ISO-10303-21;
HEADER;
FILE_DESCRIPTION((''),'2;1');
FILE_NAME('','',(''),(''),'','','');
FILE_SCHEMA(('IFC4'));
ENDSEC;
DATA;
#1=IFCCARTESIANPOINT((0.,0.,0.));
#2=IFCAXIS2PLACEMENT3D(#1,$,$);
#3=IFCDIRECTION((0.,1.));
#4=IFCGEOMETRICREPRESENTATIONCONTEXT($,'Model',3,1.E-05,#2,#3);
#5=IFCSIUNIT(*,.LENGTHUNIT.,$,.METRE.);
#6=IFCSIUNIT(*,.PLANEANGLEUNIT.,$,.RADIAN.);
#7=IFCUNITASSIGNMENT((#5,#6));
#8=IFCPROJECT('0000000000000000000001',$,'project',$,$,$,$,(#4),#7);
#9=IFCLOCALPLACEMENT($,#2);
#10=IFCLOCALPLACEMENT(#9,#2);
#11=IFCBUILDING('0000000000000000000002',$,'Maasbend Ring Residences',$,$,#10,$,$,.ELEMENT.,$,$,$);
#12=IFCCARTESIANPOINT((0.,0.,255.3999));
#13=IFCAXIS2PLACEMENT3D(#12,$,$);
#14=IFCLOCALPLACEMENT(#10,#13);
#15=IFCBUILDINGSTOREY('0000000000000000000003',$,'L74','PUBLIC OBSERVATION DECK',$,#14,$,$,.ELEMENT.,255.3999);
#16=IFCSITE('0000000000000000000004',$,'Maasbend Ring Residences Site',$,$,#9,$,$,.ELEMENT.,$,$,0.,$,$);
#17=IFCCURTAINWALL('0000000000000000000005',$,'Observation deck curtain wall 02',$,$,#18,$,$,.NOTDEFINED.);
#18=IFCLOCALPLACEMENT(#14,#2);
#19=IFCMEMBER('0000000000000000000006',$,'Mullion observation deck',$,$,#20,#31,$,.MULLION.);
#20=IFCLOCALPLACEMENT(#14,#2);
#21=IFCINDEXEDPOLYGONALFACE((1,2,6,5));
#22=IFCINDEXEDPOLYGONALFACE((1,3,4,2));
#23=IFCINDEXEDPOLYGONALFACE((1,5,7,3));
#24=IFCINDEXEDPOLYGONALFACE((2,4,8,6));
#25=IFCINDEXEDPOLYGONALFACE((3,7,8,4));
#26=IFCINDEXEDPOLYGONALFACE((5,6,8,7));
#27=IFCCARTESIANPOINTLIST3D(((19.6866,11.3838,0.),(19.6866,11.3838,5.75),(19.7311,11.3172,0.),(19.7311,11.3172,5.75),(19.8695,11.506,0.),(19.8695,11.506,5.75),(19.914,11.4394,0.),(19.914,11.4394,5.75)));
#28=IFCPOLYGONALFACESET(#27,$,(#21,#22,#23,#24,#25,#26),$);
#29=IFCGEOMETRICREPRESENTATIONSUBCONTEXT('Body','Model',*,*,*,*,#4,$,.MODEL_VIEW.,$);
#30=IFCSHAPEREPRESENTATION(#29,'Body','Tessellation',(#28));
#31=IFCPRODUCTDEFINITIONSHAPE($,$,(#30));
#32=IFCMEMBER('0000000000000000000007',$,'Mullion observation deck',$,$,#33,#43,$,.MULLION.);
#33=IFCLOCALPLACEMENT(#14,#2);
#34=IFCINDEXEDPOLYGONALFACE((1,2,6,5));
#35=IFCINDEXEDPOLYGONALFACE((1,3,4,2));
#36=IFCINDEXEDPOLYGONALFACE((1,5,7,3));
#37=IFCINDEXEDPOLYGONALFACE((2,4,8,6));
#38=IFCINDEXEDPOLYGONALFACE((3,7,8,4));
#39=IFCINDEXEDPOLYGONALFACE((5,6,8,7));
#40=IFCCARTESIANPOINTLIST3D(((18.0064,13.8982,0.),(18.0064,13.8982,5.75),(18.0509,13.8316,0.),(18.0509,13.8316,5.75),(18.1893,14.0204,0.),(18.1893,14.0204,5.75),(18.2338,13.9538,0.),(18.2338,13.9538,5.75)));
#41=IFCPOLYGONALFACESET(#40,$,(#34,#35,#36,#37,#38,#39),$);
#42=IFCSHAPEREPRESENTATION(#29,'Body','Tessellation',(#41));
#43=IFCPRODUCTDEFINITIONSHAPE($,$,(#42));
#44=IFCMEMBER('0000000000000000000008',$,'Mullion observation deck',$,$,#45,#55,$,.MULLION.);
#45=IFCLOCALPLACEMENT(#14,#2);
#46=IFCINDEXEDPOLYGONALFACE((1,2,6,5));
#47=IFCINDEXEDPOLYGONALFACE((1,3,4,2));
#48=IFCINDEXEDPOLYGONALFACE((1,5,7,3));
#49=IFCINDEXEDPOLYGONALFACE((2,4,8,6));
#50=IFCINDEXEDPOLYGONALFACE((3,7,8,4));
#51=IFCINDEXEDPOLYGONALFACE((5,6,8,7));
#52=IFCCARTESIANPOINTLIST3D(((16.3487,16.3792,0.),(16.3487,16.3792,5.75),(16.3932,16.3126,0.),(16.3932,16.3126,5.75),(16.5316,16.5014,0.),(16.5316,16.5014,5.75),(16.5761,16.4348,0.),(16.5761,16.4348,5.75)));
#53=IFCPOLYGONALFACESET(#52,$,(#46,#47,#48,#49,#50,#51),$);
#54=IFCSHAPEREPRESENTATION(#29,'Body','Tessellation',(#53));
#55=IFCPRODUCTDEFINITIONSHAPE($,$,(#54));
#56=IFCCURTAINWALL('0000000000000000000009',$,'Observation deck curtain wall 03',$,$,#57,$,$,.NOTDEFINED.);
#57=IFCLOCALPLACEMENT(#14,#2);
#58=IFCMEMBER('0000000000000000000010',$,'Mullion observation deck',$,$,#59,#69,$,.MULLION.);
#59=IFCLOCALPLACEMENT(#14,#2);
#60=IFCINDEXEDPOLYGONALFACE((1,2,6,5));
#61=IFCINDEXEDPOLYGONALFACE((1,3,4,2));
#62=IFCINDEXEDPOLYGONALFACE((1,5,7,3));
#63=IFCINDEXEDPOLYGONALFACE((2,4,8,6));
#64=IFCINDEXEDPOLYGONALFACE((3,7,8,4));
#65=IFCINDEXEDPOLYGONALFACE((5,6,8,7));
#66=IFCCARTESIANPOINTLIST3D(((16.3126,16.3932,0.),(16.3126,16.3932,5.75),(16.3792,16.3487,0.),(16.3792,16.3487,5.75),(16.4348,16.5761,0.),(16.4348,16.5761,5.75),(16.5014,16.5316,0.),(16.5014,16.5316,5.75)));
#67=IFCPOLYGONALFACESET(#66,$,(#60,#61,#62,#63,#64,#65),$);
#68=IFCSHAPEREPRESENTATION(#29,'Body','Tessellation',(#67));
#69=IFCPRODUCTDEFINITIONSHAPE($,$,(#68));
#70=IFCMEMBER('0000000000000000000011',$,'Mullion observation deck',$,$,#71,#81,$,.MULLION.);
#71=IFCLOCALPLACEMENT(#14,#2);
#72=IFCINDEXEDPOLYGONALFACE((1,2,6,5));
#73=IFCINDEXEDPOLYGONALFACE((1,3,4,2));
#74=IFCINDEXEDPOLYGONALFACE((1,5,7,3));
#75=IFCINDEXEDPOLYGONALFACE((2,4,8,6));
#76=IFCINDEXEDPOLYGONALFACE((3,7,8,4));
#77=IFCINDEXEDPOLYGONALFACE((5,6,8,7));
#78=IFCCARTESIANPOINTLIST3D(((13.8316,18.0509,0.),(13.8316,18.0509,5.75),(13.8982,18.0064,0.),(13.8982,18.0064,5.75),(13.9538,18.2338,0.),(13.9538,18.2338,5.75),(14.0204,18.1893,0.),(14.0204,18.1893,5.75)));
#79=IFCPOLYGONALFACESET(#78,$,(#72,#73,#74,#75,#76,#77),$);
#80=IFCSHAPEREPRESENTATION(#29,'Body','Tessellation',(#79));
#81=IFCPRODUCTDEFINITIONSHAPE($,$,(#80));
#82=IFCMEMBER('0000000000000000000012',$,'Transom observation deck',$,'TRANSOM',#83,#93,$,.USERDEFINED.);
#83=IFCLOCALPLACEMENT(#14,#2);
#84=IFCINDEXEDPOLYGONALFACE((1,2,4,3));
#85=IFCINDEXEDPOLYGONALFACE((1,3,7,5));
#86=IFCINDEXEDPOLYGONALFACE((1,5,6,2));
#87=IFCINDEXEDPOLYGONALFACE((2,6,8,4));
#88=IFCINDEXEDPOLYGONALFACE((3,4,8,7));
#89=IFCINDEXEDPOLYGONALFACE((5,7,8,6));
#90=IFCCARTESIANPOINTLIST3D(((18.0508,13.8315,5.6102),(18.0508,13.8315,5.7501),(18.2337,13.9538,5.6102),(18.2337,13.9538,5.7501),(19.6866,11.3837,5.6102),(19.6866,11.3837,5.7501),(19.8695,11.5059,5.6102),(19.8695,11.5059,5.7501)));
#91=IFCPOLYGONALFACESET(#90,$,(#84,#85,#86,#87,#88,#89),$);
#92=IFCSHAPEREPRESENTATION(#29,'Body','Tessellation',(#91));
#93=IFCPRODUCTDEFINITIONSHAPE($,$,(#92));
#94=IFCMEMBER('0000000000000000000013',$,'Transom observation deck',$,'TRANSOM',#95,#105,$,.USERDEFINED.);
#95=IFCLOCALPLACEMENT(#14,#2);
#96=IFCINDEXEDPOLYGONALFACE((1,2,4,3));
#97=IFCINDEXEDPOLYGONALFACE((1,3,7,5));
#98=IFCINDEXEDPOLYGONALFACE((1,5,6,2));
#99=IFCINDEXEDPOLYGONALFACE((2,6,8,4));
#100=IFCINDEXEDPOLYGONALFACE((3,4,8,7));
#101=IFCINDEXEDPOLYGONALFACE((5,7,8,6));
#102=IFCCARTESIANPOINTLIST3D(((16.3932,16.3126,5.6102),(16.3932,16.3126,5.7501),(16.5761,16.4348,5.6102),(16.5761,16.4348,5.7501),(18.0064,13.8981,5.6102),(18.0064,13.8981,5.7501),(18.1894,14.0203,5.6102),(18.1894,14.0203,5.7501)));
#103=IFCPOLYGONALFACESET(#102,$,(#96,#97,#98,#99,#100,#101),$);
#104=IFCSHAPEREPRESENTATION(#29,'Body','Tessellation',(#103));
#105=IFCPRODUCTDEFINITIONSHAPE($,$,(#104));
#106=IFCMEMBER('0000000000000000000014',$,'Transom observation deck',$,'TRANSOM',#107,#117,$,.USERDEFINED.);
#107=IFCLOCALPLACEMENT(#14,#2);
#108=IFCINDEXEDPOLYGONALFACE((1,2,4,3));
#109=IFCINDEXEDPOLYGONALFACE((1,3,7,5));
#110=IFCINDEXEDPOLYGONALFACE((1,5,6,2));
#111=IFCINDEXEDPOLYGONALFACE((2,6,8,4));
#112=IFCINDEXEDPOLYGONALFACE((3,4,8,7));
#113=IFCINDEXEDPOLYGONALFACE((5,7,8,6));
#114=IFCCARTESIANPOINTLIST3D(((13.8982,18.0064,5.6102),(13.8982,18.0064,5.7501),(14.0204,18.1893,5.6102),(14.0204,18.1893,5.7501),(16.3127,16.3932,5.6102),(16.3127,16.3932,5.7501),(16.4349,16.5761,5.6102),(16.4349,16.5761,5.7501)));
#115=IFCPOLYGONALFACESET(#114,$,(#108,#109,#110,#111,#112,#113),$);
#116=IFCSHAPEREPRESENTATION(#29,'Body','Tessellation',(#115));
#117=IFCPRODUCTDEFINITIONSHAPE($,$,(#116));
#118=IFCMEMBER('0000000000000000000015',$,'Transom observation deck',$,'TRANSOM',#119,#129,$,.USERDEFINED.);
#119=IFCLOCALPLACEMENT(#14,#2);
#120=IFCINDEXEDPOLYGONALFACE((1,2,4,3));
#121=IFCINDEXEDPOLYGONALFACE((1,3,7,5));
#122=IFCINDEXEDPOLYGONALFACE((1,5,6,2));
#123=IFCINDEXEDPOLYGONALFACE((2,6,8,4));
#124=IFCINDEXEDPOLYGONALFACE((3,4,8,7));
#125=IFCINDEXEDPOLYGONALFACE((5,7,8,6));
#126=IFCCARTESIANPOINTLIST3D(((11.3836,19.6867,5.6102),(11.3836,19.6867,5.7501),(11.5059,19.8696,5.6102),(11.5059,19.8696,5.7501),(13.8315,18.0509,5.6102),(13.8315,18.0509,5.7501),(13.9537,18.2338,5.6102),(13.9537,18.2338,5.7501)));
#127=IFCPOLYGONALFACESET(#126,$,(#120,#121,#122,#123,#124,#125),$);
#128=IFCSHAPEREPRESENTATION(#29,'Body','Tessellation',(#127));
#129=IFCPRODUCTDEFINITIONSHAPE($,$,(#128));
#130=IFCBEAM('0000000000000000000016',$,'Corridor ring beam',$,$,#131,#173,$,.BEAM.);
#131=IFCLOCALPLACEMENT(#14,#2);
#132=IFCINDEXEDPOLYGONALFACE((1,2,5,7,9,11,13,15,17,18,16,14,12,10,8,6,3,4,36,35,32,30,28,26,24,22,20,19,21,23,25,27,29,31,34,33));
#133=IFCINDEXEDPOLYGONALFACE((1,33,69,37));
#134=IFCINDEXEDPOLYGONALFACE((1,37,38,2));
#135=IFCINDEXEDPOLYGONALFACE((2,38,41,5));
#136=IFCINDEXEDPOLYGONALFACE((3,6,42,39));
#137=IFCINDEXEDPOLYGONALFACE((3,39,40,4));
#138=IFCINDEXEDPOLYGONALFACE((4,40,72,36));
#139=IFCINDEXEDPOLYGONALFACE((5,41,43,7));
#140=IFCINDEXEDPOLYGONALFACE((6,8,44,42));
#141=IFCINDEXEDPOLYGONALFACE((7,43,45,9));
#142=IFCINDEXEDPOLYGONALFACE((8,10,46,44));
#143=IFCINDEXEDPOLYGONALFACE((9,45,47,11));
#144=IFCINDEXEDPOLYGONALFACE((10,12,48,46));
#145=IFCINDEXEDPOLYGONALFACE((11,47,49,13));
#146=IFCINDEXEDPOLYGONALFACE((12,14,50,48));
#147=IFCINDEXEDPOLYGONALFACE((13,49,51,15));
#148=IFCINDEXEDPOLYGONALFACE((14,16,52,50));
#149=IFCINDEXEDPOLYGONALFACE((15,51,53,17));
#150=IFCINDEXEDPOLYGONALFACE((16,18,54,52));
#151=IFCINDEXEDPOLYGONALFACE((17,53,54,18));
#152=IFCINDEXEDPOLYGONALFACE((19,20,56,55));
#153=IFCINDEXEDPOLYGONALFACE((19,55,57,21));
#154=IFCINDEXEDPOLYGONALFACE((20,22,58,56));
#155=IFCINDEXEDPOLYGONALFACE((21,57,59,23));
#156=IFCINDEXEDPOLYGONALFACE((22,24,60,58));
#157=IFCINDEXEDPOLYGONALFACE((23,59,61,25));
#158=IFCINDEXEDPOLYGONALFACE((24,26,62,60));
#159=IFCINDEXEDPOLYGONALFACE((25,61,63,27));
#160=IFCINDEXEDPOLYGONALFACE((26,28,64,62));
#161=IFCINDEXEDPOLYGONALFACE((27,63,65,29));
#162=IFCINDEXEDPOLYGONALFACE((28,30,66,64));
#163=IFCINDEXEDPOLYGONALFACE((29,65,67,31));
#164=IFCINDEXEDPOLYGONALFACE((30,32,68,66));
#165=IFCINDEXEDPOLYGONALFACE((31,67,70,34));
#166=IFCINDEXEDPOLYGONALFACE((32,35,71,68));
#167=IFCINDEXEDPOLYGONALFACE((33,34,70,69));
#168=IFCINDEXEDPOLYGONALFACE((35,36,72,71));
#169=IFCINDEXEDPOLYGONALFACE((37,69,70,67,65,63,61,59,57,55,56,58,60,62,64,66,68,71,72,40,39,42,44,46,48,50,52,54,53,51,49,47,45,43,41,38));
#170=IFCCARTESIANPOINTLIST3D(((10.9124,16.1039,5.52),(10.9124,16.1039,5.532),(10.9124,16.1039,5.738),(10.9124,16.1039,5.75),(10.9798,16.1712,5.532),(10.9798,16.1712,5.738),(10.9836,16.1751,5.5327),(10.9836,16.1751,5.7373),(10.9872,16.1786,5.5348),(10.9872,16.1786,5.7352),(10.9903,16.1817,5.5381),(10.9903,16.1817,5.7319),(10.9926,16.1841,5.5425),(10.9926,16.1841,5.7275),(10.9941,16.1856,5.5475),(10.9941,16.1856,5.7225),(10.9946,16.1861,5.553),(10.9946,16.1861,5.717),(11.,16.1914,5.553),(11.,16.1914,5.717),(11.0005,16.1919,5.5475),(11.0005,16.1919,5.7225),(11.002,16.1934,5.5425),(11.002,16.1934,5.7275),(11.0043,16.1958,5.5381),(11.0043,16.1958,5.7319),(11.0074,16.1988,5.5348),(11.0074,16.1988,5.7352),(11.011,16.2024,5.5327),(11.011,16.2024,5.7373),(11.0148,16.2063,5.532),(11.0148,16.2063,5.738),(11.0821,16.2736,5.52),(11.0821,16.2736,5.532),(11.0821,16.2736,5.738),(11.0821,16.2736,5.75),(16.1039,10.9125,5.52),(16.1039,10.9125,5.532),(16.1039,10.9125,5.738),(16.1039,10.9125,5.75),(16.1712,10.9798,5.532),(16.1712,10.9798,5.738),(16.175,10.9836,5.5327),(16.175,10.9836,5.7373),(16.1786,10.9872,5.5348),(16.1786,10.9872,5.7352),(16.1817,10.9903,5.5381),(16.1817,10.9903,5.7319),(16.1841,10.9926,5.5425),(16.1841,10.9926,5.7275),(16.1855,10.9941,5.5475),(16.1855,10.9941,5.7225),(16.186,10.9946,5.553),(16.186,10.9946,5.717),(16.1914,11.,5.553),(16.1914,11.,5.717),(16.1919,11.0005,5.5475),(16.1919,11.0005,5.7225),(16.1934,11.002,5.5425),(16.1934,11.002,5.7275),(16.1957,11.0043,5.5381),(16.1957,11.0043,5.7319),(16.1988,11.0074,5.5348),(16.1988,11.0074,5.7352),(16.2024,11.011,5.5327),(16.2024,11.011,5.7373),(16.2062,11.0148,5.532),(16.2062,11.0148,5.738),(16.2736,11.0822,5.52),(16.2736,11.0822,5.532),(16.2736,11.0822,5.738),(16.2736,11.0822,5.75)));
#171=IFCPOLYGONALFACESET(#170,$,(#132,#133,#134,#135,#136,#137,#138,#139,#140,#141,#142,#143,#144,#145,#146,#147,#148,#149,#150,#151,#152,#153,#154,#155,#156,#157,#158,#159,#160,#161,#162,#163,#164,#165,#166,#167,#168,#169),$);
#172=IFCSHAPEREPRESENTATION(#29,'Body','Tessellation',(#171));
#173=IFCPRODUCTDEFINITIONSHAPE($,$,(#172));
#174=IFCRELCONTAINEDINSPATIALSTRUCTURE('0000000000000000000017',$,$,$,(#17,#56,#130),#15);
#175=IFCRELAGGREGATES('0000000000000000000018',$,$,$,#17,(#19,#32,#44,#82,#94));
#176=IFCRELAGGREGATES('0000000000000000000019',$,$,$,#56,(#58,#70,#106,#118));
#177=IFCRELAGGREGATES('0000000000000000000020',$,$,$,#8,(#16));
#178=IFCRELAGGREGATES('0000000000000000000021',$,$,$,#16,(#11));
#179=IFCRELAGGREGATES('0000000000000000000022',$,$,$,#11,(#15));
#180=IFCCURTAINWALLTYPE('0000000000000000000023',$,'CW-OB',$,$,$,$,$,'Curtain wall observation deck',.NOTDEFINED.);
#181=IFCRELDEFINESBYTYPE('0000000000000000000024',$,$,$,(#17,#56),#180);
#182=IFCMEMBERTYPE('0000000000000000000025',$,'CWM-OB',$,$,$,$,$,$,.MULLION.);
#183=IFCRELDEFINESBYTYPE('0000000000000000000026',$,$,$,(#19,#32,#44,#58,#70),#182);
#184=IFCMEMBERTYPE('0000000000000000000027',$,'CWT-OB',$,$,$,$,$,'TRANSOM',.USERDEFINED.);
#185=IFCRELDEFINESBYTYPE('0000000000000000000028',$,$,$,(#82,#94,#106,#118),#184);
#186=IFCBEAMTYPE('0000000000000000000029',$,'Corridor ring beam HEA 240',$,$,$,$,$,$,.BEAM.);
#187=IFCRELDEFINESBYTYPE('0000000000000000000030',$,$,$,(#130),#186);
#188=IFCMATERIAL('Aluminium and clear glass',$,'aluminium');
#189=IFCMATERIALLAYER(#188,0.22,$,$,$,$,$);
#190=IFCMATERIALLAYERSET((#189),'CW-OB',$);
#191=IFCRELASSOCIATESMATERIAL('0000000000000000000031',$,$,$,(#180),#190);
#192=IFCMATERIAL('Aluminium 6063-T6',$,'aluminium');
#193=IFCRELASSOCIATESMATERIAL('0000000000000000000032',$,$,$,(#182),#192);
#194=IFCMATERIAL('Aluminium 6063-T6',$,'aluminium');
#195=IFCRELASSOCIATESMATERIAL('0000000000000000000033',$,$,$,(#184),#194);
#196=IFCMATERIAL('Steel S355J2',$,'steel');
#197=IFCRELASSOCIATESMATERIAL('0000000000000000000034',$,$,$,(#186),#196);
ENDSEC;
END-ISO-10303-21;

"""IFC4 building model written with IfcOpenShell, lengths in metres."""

from ifc_helpers import new_model, si_unit, direction, frame, origin, origin_2d, place, context, subcontext, project, spatial, rectangle, i_section, extrude, material, layer, layer_set, material_profile, profile_set, type_object, element, aggregate, save


model = new_model("IFC4")

# Units and contexts
model_context = context("Model", 3, precision=1e-05, world=origin(), true_north=direction((0.0, 1.0)))
body_context = subcontext(model_context, "Body", "Model", "MODEL_VIEW")
ifc_project = project(units=[si_unit("LENGTHUNIT", "METRE"), si_unit("PLANEANGLEUNIT", "RADIAN")], contexts=[model_context])

# Site, building, storey
site_placement = place(None, origin())
site = spatial("IfcSite", under=ifc_project, at=site_placement, Name="Maasbend Ring Residences Site", CompositionType="ELEMENT", RefElevation=0.0)
building_placement = place(site_placement, origin())
building = spatial("IfcBuilding", under=site, at=building_placement, Name="Maasbend Ring Residences", CompositionType="ELEMENT")
storey_placement = place(building_placement, frame((0.0, 0.0, 255.3999)))
storey = spatial("IfcBuildingStorey", under=building, at=storey_placement, Name="L74", Description="PUBLIC OBSERVATION DECK", CompositionType="ELEMENT", Elevation=255.3999)

# Curtain walls, members
ifc_material_1 = material(Name="Aluminium and clear glass", Category="aluminium")
ifc_layer_1 = layer(ifc_material_1, 0.22)
ifc_layer_set_1 = layer_set([ifc_layer_1], Name="CW-OB")
curtain_wall_type = type_object("IfcCurtainWallType", Name="CW-OB", ElementType="Curtain wall observation deck", PredefinedType="NOTDEFINED", material=ifc_layer_set_1)
curtain_wall_1_placement = place(storey_placement, origin())
curtain_wall_1 = element("IfcCurtainWall", 1, at=curtain_wall_1_placement, inside=storey, type_object=curtain_wall_type, Name="Observation deck curtain wall 02", PredefinedType="NOTDEFINED")
ifc_material_2 = material(Name="Aluminium 6063-T6", Category="aluminium")
ifc_material_profile_1 = material_profile(ifc_material_2, rectangle(XDim=0.22, YDim=0.0801, at=origin_2d()), Name="AL 220x80")
ifc_profile_set_1 = profile_set([ifc_material_profile_1], Name="Aluminium 6063-T6")
member_type_1 = type_object("IfcMemberType", Name="CWM-OB", PredefinedType="MULLION", material=ifc_profile_set_1)
member_1_placement = place(storey_placement, frame((19.8003, 11.4116, 0.0), z_axis=(0.0, 0.0, 1.0), x_axis=(-0.83147, -0.55557, 0.0)))
member_1 = element("IfcMember", 2, at=member_1_placement, type_object=member_type_1, Name="Mullion observation deck", PredefinedType="MULLION", context=body_context, shape_type="SweptSolid", body=[
    extrude(rectangle(XDim=0.22, YDim=0.0801, at=origin_2d()), origin(), (0.0, 0.0, 1.0), 5.75),
])
member_2_placement = place(storey_placement, frame((18.1201, 13.926, 0.0), z_axis=(0.0, 0.0, 1.0), x_axis=(-0.83147, -0.55557, 0.0)))
member_2 = element("IfcMember", 3, at=member_2_placement, type_object=member_type_1, Name="Mullion observation deck", PredefinedType="MULLION", context=body_context, shape_type="SweptSolid", body=[
    extrude(rectangle(XDim=0.22, YDim=0.0801, at=origin_2d()), origin(), (0.0, 0.0, 1.0), 5.75),
])
member_3_placement = place(storey_placement, frame((16.4624, 16.407, 0.0), z_axis=(0.0, 0.0, 1.0), x_axis=(-0.83147, -0.55557, 0.0)))
member_3 = element("IfcMember", 4, at=member_3_placement, type_object=member_type_1, Name="Mullion observation deck", PredefinedType="MULLION", context=body_context, shape_type="SweptSolid", body=[
    extrude(rectangle(XDim=0.22, YDim=0.0801, at=origin_2d()), origin(), (0.0, 0.0, 1.0), 5.75),
])
curtain_wall_2_placement = place(storey_placement, origin())
curtain_wall_2 = element("IfcCurtainWall", 5, at=curtain_wall_2_placement, inside=storey, type_object=curtain_wall_type, Name="Observation deck curtain wall 03", PredefinedType="NOTDEFINED")
member_4_placement = place(storey_placement, frame((16.407, 16.4624, 0.0), z_axis=(0.0, 0.0, 1.0), x_axis=(-0.55557, -0.83147, 0.0)))
member_4 = element("IfcMember", 6, at=member_4_placement, type_object=member_type_1, Name="Mullion observation deck", PredefinedType="MULLION", context=body_context, shape_type="SweptSolid", body=[
    extrude(rectangle(XDim=0.22, YDim=0.0801, at=origin_2d()), origin(), (0.0, 0.0, 1.0), 5.75),
])
member_5_placement = place(storey_placement, frame((13.926, 18.1201, 0.0), z_axis=(0.0, 0.0, 1.0), x_axis=(-0.55557, -0.83147, 0.0)))
member_5 = element("IfcMember", 7, at=member_5_placement, type_object=member_type_1, Name="Mullion observation deck", PredefinedType="MULLION", context=body_context, shape_type="SweptSolid", body=[
    extrude(rectangle(XDim=0.22, YDim=0.0801, at=origin_2d()), origin(), (0.0, 0.0, 1.0), 5.75),
])

# Members
ifc_material_3 = material(Name="Aluminium 6063-T6", Category="aluminium")
ifc_material_profile_2 = material_profile(ifc_material_3, rectangle(XDim=0.22, YDim=0.1399, at=origin_2d()), Name="AL 220x140")
ifc_profile_set_2 = profile_set([ifc_material_profile_2], Name="Aluminium 6063-T6")
member_type_2 = type_object("IfcMemberType", Name="CWT-OB", ElementType="TRANSOM", PredefinedType="USERDEFINED", material=ifc_profile_set_2)
member_6_placement = place(storey_placement, frame((19.7781, 11.4448, 5.6802), z_axis=(-0.555618, 0.831437, 0.0), x_axis=(-0.831437, -0.555618, 0.0)))
member_6 = element("IfcMember", 8, at=member_6_placement, type_object=member_type_2, Name="Transom observation deck", ObjectType="TRANSOM", PredefinedType="USERDEFINED", context=body_context, shape_type="SweptSolid", body=[
    extrude(rectangle(XDim=0.22, YDim=0.1399, at=origin_2d()), origin(), (0.0, 0.0, 1.0), 2.9441),
])
member_7_placement = place(storey_placement, frame((18.0979, 13.9592, 5.6802), z_axis=(-0.555554, 0.831481, 0.0), x_axis=(-0.831481, -0.555554, 0.0)))
member_7 = element("IfcMember", 9, at=member_7_placement, type_object=member_type_2, Name="Transom observation deck", ObjectType="TRANSOM", PredefinedType="USERDEFINED", context=body_context, shape_type="SweptSolid", body=[
    extrude(rectangle(XDim=0.22, YDim=0.1399, at=origin_2d()), origin(), (0.0, 0.0, 1.0), 2.9038),
])
member_8_placement = place(storey_placement, frame((16.3738, 16.4846, 5.6802), z_axis=(-0.831481, 0.555554, 0.0), x_axis=(-0.555554, -0.831481, 0.0)))
member_8 = element("IfcMember", 10, at=member_8_placement, type_object=member_type_2, Name="Transom observation deck", ObjectType="TRANSOM", PredefinedType="USERDEFINED", context=body_context, shape_type="SweptSolid", body=[
    extrude(rectangle(XDim=0.22, YDim=0.1399, at=origin_2d()), origin(), (0.0, 0.0, 1.0), 2.9038),
])
member_9_placement = place(storey_placement, frame((13.8926, 18.1423, 5.6802), z_axis=(-0.831437, 0.555618, 0.0), x_axis=(-0.555618, -0.831437, 0.0)))
member_9 = element("IfcMember", 11, at=member_9_placement, type_object=member_type_2, Name="Transom observation deck", ObjectType="TRANSOM", PredefinedType="USERDEFINED", context=body_context, shape_type="SweptSolid", body=[
    extrude(rectangle(XDim=0.22, YDim=0.1399, at=origin_2d()), origin(), (0.0, 0.0, 1.0), 2.9441),
])

# Beam
ifc_material_4 = material(Name="Steel S355J2", Category="steel")
ifc_material_profile_3 = material_profile(ifc_material_4, i_section(OverallWidth=0.24, OverallDepth=0.23, WebThickness=0.0076, FlangeThickness=0.012, FilletRadius=0.021, at=origin_2d()), Name="HEA 240")
ifc_profile_set_3 = profile_set([ifc_material_profile_3], Name="Steel S355J2")
beam_type_1 = type_object("IfcBeamType", Name="Corridor ring beam HEA 240", PredefinedType="BEAM", material=ifc_profile_set_3)
beam_1_placement = place(storey_placement, frame((16.1887, 10.9973, 5.635), z_axis=(-0.707107, 0.707107, 0.0), x_axis=(-0.707107, -0.707107, 0.0)))
element("IfcBeam", 12, at=beam_1_placement, inside=storey, type_object=beam_type_1, Name="Corridor ring beam", PredefinedType="BEAM", context=body_context, shape_type="SweptSolid", body=[
    extrude(i_section(OverallWidth=0.24, OverallDepth=0.23, WebThickness=0.0076, FlangeThickness=0.012, FilletRadius=0.021, at=origin_2d()), origin(), (0.0, 0.0, 1.0), 7.3418),
])

aggregate(curtain_wall_1, [member_1, member_2, member_3, member_6, member_7])
aggregate(curtain_wall_2, [member_4, member_5, member_8, member_9])

save(model, "model.ifc")
